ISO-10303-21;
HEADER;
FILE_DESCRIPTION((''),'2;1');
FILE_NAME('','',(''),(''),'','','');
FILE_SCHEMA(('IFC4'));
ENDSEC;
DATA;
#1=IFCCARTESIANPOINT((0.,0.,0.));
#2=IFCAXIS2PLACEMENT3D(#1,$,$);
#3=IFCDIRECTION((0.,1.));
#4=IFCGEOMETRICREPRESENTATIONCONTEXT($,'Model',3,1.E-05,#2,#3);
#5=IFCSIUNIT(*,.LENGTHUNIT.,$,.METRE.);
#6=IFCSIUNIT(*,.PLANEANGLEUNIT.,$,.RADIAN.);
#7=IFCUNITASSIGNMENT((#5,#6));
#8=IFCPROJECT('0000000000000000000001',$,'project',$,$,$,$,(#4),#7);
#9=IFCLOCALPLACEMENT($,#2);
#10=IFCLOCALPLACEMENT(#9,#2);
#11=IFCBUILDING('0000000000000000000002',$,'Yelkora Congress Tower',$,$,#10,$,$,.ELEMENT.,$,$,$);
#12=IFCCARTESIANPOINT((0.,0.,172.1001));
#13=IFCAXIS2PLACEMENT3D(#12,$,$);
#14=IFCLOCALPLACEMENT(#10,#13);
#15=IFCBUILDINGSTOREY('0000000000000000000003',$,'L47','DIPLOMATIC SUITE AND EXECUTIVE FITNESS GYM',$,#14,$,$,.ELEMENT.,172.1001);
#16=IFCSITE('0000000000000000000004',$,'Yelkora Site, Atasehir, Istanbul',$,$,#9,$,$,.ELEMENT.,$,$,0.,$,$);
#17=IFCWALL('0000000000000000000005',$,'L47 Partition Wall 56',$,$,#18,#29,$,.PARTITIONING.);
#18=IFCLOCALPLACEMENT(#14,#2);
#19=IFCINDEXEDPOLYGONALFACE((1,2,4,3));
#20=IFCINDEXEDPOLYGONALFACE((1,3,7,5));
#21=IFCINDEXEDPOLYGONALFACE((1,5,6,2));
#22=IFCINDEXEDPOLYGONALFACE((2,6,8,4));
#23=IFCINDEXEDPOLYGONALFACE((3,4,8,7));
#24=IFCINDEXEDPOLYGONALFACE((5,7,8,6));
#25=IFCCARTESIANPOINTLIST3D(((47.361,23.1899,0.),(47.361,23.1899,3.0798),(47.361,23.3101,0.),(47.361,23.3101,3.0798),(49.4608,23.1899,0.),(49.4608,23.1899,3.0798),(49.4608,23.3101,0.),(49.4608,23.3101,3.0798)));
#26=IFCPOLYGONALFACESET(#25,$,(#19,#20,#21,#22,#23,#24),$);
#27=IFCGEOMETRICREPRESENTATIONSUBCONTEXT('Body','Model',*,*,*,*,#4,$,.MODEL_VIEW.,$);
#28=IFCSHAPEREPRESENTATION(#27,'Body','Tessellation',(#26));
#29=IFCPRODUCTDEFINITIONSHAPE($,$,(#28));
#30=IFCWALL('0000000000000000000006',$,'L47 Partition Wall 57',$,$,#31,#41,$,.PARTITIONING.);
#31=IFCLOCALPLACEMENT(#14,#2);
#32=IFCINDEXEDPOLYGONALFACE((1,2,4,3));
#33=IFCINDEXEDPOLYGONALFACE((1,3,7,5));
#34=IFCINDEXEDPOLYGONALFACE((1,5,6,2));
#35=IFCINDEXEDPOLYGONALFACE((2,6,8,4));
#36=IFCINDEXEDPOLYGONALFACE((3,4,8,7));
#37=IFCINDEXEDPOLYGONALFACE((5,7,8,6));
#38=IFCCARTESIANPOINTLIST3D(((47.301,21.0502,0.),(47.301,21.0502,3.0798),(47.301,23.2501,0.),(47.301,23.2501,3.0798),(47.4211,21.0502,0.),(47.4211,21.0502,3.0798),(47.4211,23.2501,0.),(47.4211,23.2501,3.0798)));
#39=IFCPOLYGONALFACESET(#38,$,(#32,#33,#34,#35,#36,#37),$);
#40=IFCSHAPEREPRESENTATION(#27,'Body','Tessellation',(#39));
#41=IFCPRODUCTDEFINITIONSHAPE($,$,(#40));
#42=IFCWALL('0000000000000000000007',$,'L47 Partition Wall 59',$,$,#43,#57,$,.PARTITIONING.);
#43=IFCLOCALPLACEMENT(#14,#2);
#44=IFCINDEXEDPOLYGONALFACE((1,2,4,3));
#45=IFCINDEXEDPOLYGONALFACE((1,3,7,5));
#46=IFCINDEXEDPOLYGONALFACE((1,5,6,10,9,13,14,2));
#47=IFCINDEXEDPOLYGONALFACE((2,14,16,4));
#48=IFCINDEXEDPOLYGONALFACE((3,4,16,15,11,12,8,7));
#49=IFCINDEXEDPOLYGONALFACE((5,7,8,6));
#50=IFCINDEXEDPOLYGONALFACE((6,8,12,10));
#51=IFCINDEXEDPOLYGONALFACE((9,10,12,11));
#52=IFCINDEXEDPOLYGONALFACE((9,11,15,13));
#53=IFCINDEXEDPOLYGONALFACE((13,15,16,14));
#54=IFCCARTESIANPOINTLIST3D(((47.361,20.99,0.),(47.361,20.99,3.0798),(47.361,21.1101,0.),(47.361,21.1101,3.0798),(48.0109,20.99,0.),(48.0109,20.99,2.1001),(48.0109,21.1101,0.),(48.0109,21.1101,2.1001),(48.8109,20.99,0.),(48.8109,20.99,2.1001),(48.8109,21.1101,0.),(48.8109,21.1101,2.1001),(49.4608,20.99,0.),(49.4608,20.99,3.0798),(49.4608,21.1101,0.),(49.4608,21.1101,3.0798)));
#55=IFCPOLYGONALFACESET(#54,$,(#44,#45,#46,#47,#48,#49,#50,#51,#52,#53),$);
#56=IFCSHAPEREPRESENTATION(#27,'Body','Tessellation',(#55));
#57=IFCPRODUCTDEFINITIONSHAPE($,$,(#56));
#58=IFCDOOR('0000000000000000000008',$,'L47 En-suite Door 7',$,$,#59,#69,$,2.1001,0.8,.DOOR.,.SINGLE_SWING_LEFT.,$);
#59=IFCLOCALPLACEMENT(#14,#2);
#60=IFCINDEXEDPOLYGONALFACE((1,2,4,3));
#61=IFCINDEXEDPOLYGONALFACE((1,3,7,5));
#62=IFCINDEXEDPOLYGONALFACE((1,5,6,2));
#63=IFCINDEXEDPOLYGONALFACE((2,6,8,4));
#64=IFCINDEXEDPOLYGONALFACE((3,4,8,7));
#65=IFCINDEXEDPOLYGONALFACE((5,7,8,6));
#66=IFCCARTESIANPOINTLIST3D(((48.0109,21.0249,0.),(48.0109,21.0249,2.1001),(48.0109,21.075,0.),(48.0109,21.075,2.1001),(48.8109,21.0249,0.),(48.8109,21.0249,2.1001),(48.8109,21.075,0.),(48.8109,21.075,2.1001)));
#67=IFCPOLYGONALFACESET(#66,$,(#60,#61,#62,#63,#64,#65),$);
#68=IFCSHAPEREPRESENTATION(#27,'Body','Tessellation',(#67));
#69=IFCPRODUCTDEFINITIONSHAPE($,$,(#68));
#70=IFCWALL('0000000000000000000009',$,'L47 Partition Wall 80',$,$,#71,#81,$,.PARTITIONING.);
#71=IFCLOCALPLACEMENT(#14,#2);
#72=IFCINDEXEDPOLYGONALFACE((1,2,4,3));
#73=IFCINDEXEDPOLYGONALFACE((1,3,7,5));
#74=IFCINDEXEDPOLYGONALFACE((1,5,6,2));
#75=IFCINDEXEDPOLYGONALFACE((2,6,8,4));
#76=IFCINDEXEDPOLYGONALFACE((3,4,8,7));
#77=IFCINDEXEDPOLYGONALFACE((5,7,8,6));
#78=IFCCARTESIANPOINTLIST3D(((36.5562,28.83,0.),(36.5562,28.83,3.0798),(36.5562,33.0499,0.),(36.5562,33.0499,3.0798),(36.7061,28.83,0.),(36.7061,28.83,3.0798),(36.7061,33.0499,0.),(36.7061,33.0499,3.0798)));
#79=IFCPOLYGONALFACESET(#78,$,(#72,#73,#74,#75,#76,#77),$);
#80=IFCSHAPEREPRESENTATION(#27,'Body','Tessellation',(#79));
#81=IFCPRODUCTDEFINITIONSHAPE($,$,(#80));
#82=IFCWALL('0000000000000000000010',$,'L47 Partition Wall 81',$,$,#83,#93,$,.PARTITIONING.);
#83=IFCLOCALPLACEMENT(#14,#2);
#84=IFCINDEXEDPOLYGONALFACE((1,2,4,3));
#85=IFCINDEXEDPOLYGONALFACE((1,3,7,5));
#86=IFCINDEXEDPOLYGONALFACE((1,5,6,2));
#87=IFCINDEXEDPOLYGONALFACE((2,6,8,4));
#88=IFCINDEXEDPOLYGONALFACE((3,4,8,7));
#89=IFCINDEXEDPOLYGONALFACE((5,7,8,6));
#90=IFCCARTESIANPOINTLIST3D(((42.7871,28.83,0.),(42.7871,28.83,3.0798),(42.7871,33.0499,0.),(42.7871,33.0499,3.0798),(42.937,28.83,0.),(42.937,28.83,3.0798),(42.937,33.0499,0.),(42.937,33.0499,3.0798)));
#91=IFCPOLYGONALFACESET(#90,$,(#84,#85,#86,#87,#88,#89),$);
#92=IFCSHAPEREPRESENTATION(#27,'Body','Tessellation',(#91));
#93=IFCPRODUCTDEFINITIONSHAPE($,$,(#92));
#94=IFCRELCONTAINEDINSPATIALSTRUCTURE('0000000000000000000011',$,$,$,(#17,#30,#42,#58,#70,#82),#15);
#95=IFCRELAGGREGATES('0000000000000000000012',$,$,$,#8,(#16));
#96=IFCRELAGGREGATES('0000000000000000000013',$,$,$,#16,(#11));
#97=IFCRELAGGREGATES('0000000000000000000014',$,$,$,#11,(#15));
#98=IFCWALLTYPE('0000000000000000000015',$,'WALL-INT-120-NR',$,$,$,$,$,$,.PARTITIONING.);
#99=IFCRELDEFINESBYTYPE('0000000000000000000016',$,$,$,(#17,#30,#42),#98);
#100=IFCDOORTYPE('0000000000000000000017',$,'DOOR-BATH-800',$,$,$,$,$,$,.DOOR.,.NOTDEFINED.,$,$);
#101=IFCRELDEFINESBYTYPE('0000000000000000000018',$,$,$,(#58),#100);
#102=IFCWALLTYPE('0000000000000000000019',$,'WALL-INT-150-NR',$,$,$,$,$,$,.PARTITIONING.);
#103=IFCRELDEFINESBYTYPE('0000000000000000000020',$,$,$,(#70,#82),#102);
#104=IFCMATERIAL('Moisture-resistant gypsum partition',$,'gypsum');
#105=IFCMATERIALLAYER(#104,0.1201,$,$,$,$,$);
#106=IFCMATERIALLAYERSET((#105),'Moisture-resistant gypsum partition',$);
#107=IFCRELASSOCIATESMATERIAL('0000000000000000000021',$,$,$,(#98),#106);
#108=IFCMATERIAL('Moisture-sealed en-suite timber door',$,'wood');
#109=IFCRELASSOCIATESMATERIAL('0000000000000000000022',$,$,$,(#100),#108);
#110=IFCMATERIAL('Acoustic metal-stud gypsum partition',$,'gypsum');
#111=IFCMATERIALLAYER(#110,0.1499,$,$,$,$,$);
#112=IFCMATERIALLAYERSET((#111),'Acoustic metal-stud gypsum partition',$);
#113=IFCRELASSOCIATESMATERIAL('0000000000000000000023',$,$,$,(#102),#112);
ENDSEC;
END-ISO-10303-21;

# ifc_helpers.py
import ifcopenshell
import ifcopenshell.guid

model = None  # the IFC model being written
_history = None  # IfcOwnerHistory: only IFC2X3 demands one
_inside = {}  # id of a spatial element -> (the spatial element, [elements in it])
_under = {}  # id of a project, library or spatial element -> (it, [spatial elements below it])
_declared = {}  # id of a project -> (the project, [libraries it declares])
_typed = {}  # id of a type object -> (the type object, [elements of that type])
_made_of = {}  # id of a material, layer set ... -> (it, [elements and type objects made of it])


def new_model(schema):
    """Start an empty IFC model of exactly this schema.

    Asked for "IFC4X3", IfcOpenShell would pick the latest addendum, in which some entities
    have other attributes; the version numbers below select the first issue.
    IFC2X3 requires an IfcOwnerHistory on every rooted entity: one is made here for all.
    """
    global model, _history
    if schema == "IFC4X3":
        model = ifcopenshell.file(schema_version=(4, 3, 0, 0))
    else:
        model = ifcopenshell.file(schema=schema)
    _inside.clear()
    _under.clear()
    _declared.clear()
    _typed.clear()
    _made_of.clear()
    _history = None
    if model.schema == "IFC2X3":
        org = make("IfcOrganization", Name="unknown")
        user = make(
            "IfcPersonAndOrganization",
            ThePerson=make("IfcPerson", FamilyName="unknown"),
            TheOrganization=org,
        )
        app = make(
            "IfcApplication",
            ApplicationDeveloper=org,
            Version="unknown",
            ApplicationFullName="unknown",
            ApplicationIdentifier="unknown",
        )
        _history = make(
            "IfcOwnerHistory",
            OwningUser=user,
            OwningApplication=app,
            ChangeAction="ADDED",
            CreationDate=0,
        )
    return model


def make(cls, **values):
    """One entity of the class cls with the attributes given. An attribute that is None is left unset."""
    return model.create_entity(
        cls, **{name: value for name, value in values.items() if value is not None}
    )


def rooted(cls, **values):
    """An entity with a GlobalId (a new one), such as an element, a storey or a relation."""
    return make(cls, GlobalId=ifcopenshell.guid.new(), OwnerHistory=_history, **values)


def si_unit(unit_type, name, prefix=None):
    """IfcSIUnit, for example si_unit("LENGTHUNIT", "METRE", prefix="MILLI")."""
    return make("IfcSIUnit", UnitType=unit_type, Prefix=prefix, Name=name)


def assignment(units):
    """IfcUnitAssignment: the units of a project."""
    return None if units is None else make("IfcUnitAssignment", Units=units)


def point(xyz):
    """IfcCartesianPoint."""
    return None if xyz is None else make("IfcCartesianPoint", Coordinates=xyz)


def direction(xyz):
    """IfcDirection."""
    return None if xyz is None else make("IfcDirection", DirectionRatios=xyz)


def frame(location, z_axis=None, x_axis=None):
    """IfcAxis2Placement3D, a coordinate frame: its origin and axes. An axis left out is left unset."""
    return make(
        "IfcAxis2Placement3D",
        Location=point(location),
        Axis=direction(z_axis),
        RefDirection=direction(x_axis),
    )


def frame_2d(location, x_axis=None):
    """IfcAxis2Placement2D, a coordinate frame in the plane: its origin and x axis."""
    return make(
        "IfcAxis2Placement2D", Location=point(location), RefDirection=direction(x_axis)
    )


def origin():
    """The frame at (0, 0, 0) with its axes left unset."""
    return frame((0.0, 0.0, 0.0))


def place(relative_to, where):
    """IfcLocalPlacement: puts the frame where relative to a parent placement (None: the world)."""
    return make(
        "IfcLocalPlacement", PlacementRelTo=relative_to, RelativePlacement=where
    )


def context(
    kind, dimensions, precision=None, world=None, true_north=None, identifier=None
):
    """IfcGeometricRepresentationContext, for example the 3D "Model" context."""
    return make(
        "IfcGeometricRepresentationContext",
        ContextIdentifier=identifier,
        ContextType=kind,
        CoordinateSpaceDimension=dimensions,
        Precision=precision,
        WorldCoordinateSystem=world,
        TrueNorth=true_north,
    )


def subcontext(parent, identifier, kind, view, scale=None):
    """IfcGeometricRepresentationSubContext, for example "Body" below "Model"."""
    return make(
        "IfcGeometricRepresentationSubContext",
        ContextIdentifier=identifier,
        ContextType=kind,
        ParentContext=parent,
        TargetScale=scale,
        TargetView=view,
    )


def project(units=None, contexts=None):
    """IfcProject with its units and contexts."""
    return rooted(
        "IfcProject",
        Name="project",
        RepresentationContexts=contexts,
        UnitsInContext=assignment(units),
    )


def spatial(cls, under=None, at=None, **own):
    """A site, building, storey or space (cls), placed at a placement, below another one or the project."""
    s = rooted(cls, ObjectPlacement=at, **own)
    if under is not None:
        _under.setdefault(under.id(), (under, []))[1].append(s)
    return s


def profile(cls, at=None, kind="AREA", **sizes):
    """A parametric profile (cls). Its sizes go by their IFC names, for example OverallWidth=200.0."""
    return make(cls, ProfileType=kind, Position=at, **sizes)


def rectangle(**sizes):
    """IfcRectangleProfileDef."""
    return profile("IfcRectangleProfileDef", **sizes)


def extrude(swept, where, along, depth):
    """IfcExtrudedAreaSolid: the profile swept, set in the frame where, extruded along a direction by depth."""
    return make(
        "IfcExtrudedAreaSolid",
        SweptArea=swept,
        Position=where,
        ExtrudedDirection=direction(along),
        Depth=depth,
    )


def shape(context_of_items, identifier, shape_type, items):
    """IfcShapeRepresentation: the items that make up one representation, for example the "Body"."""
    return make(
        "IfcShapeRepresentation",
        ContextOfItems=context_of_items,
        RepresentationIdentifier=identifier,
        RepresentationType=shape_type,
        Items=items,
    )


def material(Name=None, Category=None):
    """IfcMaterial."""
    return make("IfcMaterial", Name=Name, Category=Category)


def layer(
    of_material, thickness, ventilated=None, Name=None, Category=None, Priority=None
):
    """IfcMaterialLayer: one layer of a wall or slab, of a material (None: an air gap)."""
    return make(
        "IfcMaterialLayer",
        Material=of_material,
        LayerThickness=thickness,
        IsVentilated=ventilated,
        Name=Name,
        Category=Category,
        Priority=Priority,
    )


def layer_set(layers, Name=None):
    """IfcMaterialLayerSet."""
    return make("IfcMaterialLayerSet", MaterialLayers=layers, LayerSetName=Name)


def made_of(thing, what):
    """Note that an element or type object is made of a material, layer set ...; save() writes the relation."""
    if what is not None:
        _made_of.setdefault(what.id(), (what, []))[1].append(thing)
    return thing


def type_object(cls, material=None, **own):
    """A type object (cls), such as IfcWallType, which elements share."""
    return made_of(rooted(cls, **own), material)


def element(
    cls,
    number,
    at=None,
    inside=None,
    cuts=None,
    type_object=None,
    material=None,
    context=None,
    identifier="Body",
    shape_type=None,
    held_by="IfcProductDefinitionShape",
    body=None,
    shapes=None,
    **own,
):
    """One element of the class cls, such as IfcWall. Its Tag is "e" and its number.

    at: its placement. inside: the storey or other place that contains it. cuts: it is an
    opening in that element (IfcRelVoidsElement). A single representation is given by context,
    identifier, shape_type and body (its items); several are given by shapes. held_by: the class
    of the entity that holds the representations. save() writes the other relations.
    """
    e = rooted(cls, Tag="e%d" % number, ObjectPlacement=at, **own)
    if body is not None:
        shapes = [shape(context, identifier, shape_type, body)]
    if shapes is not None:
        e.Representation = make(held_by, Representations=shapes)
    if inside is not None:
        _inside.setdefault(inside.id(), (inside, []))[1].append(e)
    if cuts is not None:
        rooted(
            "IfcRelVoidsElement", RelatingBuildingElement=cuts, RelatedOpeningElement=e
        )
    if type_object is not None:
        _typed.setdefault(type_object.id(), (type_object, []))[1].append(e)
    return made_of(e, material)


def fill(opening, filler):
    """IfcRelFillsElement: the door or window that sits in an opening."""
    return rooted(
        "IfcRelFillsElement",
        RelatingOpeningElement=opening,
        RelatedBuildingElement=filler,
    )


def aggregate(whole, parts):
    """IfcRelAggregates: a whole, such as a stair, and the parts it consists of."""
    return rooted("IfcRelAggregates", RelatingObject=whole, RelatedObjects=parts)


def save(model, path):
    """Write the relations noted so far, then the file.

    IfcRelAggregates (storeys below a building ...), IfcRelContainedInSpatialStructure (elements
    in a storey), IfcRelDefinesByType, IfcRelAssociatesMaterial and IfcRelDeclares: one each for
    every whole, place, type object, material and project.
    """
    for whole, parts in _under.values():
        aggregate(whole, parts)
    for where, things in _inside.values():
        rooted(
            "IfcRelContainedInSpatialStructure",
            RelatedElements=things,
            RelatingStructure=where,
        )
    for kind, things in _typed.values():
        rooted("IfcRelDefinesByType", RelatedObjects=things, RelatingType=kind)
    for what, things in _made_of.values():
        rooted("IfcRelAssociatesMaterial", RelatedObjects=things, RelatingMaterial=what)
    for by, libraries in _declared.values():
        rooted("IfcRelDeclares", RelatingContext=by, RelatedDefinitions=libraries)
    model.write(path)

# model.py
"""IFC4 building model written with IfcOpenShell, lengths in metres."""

from ifc_helpers import new_model, si_unit, direction, frame, frame_2d, origin, place, context, subcontext, project, spatial, rectangle, extrude, material, layer, layer_set, type_object, element, fill, save


model = new_model("IFC4")

# Units and contexts
model_context = context("Model", 3, precision=1e-05, world=origin(), true_north=direction((0.0, 1.0)))
body_context = subcontext(model_context, "Body", "Model", "MODEL_VIEW")
ifc_project = project(units=[si_unit("LENGTHUNIT", "METRE"), si_unit("PLANEANGLEUNIT", "RADIAN")], contexts=[model_context])

# Site, building, storey
site_placement = place(None, origin())
site = spatial("IfcSite", under=ifc_project, at=site_placement, Name="Yelkora Site, Atasehir, Istanbul", CompositionType="ELEMENT", RefElevation=0.0)
building_placement = place(site_placement, origin())
building = spatial("IfcBuilding", under=site, at=building_placement, Name="Yelkora Congress Tower", CompositionType="ELEMENT")
storey_placement = place(building_placement, frame((0.0, 0.0, 172.1001)))
storey = spatial("IfcBuildingStorey", under=building, at=storey_placement, Name="L47", Description="DIPLOMATIC SUITE AND EXECUTIVE FITNESS GYM", CompositionType="ELEMENT", Elevation=172.1001)

# Shared definitions
ifc_material_1 = material(Name="Moisture-resistant gypsum partition", Category="gypsum")
ifc_layer_1 = layer(ifc_material_1, 0.1201)
ifc_layer_set_1 = layer_set([ifc_layer_1], Name="Moisture-resistant gypsum partition")
wall_type_1 = type_object("IfcWallType", Name="WALL-INT-120-NR", PredefinedType="PARTITIONING", material=ifc_layer_set_1)

# Shared definitions
ifc_material_2 = material(Name="Moisture-sealed en-suite timber door", Category="wood")
door_type = type_object("IfcDoorType", Name="DOOR-BATH-800", OperationType="NOTDEFINED", PredefinedType="DOOR", material=ifc_material_2)

# Walls
wall_1_placement = place(storey_placement, frame((47.3611, 23.25, 0.0), z_axis=(0.0, 0.0, 1.0), x_axis=(1.0, 0.0, 0.0)))
element("IfcWall", 1, at=wall_1_placement, inside=storey, type_object=wall_type_1, Name="L47 Partition Wall 56", PredefinedType="PARTITIONING", context=body_context, shape_type="SweptSolid", body=[
    extrude(rectangle(XDim=2.0999, YDim=0.1201, at=frame_2d((1.0498, 0.0))), origin(), (0.0, 0.0, 1.0), 3.0798),
])
wall_2_placement = place(storey_placement, frame((47.3611, 21.05, 0.0), z_axis=(0.0, 0.0, 1.0), x_axis=(0.0, 1.0, 0.0)))
element("IfcWall", 2, at=wall_2_placement, inside=storey, type_object=wall_type_1, Name="L47 Partition Wall 57", PredefinedType="PARTITIONING", context=body_context, shape_type="SweptSolid", body=[
    extrude(rectangle(XDim=2.2, YDim=0.1201, at=frame_2d((1.1001, 0.0))), origin(), (0.0, 0.0, 1.0), 3.0798),
])

# Wall, opening, door
wall_3_placement = place(storey_placement, frame((47.3611, 21.05, 0.0), z_axis=(0.0, 0.0, 1.0), x_axis=(1.0, 0.0, 0.0)))
wall_3 = element("IfcWall", 3, at=wall_3_placement, inside=storey, type_object=wall_type_1, Name="L47 Partition Wall 59", PredefinedType="PARTITIONING", context=body_context, shape_type="SweptSolid", body=[
    extrude(rectangle(XDim=2.0999, YDim=0.1201, at=frame_2d((1.0498, 0.0))), origin(), (0.0, 0.0, 1.0), 3.0798),
])
opening_1_placement = place(wall_3_placement, frame((0.6499, 0.0, 0.0)))
opening_1 = element("IfcOpeningElement", 4, at=opening_1_placement, cuts=wall_3, PredefinedType="OPENING", context=body_context, shape_type="SweptSolid", body=[
    extrude(rectangle(XDim=0.8, YDim=2.1001, at=frame_2d((0.3999, 1.05))), frame((0.0, 0.0701, 0.0), z_axis=(0.0, -1.0, 0.0), x_axis=(1.0, 0.0, 0.0)), (0.0, 0.0, 1.0), 0.1401),
])
door_1_placement = place(opening_1_placement, origin())
door_1 = element("IfcDoor", 5, at=door_1_placement, inside=storey, type_object=door_type, Name="L47 En-suite Door 7", OperationType="SINGLE_SWING_LEFT", OverallHeight=2.1001, OverallWidth=0.8, PredefinedType="DOOR", context=body_context, shape_type="SweptSolid", body=[
    extrude(rectangle(XDim=0.8, YDim=2.1001, at=frame_2d((0.3999, 1.05))), frame((0.0, 0.0249, 0.0), z_axis=(0.0, -1.0, 0.0), x_axis=(1.0, 0.0, 0.0)), (0.0, 0.0, 1.0), 0.05),
])
fill(opening_1, door_1)

# Walls
ifc_material_3 = material(Name="Acoustic metal-stud gypsum partition", Category="gypsum")
ifc_layer_2 = layer(ifc_material_3, 0.1499)
ifc_layer_set_2 = layer_set([ifc_layer_2], Name="Acoustic metal-stud gypsum partition")
wall_type_2 = type_object("IfcWallType", Name="WALL-INT-150-NR", PredefinedType="PARTITIONING", material=ifc_layer_set_2)
for number, where, z_axis, x_axis, name in (
    (6, (36.6311, 28.8301, 0.0), (0.0, 0.0, 1.0), (0.0, 1.0, 0.0), "L47 Partition Wall 80"),
    (7, (42.8621, 28.8301, 0.0), (0.0, 0.0, 1.0), (0.0, 1.0, 0.0), "L47 Partition Wall 81"),
):
    element("IfcWall", number, at=place(storey_placement, frame(where, z_axis=z_axis, x_axis=x_axis)), inside=storey, type_object=wall_type_2, Name=name, PredefinedType="PARTITIONING", context=body_context, shape_type="SweptSolid", body=[
        extrude(rectangle(XDim=4.22, YDim=0.1499, at=frame_2d((2.1099, 0.0))), origin(), (0.0, 0.0, 1.0), 3.0798),
    ])

save(model, "model.ifc")
